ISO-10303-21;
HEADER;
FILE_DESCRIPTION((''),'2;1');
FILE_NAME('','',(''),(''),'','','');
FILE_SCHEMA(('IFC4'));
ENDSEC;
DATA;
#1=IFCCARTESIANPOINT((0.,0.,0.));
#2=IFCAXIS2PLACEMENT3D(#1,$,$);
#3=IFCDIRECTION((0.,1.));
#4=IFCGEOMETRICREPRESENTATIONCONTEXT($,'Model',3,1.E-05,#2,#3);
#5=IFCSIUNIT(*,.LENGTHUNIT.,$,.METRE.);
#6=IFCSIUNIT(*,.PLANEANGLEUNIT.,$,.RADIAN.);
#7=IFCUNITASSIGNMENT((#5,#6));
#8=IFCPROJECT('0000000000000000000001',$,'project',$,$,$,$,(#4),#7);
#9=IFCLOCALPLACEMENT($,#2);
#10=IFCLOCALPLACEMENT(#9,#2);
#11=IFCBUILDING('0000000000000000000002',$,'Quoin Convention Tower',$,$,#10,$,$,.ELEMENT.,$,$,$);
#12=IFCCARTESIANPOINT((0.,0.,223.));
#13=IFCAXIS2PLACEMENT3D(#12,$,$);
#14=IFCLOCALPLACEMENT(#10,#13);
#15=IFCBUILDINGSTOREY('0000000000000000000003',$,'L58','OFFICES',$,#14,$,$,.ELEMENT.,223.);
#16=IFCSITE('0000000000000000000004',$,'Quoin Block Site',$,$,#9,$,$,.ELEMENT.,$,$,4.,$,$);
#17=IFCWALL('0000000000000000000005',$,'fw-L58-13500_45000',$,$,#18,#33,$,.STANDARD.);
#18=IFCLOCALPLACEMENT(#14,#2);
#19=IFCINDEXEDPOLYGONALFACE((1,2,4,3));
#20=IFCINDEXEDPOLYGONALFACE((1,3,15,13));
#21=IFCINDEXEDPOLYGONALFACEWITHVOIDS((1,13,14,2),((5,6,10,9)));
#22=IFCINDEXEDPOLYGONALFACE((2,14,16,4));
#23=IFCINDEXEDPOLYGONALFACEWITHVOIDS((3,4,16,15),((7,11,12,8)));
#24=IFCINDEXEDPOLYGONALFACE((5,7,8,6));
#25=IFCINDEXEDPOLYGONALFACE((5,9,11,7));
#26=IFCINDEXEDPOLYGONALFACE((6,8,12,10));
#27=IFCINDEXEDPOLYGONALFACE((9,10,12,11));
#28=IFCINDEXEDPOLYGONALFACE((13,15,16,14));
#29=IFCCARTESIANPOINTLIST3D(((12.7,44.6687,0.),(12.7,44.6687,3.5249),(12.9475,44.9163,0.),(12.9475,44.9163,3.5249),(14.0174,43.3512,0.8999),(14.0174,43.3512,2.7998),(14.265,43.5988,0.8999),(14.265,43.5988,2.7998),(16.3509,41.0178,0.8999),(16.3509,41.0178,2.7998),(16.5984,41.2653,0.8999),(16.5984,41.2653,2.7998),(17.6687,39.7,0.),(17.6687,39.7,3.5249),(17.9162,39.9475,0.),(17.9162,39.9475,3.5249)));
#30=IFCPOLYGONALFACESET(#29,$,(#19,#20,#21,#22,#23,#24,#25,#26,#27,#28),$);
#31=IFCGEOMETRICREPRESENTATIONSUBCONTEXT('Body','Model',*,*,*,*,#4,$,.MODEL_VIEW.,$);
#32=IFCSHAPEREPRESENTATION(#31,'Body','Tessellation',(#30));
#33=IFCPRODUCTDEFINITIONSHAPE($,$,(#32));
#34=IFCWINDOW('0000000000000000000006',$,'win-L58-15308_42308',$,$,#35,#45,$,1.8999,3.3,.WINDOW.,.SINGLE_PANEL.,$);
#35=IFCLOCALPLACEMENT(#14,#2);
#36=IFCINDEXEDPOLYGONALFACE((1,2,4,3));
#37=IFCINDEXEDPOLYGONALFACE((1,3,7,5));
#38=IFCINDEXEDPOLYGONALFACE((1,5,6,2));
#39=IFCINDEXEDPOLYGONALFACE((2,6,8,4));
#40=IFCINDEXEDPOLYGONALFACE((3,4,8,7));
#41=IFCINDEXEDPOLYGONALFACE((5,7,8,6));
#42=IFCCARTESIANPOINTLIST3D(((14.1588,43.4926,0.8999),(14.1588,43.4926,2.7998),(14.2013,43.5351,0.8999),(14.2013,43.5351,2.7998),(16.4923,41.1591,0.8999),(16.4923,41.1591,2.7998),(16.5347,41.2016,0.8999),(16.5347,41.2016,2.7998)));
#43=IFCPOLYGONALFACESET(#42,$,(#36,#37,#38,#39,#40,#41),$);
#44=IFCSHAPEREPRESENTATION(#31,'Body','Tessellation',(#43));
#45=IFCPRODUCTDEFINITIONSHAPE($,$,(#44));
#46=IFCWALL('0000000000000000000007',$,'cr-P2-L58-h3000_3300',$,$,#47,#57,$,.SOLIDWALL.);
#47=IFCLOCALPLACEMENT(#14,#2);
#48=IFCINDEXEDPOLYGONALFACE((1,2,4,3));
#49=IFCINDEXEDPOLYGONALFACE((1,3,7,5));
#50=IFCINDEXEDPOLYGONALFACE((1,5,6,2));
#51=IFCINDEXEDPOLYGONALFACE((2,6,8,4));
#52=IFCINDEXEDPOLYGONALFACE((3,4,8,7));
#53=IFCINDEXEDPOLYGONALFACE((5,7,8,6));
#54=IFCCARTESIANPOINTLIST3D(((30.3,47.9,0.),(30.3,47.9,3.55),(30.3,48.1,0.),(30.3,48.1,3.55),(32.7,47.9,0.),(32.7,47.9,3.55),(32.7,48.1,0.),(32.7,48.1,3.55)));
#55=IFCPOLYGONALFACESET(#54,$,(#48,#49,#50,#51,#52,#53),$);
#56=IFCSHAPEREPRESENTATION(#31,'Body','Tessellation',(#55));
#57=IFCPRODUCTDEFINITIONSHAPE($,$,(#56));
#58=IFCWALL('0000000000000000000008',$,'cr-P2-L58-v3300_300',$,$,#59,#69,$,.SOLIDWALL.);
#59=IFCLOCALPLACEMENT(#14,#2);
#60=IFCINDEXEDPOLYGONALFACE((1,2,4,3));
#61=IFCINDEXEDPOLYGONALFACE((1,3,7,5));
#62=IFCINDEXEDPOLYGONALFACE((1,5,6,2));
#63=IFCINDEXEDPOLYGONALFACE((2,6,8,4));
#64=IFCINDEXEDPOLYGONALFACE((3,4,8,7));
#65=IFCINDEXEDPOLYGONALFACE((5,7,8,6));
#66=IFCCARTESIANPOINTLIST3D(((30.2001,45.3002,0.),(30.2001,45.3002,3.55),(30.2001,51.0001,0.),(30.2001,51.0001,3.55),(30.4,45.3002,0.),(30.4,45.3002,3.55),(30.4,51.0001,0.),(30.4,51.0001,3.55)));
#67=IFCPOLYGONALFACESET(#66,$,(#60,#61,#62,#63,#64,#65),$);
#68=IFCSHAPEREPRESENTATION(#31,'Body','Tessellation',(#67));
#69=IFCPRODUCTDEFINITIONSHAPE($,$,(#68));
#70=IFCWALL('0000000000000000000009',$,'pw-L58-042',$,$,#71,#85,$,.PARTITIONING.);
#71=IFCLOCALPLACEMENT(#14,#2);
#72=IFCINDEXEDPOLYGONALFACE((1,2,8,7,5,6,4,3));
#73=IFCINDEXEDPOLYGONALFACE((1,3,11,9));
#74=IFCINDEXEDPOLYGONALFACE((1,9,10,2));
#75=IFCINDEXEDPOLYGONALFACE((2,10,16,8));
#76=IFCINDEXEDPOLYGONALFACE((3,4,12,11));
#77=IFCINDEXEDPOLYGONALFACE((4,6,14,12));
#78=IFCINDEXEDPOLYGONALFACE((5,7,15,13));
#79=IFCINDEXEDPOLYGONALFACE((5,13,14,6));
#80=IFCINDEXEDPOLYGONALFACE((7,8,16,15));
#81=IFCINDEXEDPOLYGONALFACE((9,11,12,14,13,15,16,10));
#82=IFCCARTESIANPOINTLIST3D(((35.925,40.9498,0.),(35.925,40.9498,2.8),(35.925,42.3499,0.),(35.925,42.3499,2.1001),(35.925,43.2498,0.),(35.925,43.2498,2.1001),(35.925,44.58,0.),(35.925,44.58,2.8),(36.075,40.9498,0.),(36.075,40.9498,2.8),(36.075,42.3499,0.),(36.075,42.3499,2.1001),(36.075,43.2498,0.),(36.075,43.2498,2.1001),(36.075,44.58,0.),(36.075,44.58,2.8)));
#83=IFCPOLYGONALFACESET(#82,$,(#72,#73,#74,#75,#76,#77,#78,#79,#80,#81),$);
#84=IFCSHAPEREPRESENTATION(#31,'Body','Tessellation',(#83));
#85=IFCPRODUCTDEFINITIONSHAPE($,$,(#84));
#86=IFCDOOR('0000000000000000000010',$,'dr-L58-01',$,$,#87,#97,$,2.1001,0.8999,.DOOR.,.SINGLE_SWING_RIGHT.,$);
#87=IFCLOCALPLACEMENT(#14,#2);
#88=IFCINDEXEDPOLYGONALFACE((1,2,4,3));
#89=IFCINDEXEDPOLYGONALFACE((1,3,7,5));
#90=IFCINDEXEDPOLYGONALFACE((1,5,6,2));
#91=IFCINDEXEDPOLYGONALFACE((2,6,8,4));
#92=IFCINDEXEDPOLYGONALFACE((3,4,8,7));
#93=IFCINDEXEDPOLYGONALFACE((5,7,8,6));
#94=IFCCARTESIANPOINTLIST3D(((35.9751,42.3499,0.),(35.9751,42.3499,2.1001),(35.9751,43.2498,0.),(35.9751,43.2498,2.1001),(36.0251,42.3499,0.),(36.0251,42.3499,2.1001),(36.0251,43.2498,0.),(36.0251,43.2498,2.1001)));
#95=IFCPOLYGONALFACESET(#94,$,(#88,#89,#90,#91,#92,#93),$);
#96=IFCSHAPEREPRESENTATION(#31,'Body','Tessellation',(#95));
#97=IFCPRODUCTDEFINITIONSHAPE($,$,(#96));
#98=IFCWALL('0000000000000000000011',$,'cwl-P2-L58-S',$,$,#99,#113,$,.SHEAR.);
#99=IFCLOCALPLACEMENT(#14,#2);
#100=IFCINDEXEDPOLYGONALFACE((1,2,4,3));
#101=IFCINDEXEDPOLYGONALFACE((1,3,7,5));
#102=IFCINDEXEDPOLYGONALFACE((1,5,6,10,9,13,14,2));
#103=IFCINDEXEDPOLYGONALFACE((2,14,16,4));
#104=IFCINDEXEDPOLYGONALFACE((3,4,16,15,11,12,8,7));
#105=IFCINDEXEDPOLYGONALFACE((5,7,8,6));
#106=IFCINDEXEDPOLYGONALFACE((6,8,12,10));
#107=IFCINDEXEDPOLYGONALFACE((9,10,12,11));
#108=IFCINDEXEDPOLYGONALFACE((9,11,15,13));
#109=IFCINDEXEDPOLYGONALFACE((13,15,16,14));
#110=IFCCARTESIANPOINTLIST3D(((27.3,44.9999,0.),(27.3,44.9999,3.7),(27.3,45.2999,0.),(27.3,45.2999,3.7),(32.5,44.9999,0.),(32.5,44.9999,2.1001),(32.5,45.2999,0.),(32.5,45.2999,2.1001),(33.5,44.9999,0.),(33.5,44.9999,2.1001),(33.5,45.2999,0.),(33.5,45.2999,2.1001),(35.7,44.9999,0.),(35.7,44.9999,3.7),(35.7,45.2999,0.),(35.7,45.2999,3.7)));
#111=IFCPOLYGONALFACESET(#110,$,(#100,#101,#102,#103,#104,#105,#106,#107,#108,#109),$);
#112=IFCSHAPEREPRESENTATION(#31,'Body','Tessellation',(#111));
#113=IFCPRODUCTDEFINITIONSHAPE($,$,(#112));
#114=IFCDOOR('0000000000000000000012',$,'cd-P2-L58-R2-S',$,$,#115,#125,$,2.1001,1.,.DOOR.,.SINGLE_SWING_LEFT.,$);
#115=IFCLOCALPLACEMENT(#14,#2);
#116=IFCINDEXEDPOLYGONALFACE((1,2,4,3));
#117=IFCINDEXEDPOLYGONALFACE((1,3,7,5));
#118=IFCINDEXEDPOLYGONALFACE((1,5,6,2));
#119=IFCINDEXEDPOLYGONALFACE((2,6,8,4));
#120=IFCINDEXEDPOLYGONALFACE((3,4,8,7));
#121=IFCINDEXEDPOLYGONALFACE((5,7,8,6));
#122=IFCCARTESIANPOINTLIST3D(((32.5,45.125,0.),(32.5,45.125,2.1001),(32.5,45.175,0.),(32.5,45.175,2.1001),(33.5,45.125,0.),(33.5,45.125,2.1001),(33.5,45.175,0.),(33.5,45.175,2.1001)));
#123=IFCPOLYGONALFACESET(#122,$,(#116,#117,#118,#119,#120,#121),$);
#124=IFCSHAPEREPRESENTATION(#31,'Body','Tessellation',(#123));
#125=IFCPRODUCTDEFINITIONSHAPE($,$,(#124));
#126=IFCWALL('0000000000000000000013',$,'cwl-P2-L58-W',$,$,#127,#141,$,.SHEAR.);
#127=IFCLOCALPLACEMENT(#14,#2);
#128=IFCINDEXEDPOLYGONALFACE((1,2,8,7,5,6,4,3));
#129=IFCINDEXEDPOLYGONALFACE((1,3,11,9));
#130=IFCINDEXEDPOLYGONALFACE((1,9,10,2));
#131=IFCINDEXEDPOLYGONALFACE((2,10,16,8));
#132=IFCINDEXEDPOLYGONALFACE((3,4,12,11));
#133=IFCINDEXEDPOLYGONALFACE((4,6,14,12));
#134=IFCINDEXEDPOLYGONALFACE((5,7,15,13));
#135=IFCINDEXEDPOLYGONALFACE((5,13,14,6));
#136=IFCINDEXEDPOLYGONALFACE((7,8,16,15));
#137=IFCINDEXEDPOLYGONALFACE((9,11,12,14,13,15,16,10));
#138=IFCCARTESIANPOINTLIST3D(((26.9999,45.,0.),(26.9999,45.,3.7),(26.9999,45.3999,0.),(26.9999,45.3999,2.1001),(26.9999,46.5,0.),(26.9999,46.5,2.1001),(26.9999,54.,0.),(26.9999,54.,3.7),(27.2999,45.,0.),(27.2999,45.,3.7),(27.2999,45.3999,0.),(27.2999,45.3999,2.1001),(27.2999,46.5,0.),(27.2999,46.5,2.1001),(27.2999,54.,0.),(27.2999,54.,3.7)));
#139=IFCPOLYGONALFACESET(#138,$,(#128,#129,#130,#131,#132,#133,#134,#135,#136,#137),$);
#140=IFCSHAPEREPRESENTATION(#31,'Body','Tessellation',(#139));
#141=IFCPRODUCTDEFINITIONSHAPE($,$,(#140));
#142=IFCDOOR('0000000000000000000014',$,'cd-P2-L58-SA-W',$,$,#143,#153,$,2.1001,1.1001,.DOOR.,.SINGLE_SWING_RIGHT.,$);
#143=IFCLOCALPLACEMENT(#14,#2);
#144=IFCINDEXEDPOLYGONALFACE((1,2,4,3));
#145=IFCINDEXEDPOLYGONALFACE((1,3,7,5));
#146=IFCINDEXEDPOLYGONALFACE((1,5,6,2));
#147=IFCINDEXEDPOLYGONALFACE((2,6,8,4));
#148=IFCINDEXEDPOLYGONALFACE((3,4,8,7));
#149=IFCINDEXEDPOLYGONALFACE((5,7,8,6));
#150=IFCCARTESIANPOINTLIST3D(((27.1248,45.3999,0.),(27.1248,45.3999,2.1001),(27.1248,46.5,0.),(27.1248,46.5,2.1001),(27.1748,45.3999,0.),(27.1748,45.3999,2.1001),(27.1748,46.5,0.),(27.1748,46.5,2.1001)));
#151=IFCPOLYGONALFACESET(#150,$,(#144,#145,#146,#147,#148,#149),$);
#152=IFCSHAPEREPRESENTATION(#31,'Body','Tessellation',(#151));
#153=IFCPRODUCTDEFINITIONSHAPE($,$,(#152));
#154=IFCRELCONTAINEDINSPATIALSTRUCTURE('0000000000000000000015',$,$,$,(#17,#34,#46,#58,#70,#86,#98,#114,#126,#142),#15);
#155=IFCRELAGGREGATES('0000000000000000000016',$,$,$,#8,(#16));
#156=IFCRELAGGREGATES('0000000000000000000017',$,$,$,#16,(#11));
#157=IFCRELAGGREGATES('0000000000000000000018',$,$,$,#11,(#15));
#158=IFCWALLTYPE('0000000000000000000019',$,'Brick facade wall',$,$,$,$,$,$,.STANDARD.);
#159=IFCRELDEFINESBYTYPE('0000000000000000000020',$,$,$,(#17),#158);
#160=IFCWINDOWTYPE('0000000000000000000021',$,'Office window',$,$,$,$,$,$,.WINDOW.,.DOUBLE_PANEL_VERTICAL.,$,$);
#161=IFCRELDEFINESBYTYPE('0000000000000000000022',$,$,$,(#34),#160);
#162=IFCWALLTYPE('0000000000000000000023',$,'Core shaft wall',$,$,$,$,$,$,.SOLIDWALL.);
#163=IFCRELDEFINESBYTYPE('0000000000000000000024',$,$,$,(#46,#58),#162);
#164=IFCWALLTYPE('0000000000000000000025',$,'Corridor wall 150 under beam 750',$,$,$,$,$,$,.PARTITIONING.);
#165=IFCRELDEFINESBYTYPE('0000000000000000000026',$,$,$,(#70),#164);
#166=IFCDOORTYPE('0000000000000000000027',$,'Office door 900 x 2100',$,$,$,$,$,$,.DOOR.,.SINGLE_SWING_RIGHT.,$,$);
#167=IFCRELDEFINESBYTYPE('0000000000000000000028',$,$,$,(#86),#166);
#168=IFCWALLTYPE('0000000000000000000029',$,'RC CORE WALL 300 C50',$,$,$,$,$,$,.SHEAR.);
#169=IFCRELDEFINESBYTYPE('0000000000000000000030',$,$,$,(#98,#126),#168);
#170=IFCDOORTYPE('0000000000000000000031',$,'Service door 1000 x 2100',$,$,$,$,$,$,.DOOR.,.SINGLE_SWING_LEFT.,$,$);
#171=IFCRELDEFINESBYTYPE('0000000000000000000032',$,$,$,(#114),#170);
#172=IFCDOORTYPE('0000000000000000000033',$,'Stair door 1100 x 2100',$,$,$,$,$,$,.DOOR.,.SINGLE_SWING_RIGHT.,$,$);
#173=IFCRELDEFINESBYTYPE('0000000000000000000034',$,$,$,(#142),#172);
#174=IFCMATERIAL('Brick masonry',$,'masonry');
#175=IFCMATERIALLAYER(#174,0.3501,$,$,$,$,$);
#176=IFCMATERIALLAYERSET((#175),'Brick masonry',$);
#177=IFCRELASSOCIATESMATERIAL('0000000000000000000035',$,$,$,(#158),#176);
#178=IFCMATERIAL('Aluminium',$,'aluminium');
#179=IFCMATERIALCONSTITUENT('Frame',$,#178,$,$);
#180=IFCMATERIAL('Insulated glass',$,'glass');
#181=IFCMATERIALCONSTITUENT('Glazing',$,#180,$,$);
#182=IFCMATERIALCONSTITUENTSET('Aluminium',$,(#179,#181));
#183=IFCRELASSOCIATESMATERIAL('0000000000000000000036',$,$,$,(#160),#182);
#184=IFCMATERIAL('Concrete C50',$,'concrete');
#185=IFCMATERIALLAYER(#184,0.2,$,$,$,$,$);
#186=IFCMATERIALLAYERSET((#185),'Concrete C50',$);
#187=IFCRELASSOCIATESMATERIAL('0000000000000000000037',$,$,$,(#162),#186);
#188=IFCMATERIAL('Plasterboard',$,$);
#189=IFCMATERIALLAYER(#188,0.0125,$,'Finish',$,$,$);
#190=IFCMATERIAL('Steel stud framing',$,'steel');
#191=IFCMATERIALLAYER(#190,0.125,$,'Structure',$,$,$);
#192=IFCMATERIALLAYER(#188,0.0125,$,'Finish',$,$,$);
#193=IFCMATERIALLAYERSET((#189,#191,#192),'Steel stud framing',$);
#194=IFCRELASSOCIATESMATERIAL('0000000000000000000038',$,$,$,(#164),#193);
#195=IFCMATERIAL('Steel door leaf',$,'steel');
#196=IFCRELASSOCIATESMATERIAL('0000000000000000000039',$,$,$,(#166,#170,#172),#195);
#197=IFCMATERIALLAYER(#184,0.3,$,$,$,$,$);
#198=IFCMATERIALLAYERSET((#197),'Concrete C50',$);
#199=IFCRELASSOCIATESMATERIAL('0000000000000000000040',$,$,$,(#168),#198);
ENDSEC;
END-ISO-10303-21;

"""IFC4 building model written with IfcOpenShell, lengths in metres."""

from ifc_helpers import new_model, si_unit, direction, frame, frame_2d, origin, place, context, subcontext, project, spatial, rectangle, extrude, material, layer, layer_set, constituent, constituent_set, type_object, element, fill, save


model = new_model("IFC4")

# Units and contexts
model_context = context("Model", 3, precision=1e-05, world=origin(), true_north=direction((0.0, 1.0)))
body_context = subcontext(model_context, "Body", "Model", "MODEL_VIEW")
ifc_project = project(units=[si_unit("LENGTHUNIT", "METRE"), si_unit("PLANEANGLEUNIT", "RADIAN")], contexts=[model_context])

# Site, building, storey
site_placement = place(None, origin())
site = spatial("IfcSite", under=ifc_project, at=site_placement, Name="Quoin Block Site", CompositionType="ELEMENT", RefElevation=4.0)
building_placement = place(site_placement, origin())
building = spatial("IfcBuilding", under=site, at=building_placement, Name="Quoin Convention Tower", CompositionType="ELEMENT")
storey_placement = place(building_placement, frame((0.0, 0.0, 223.0)))
storey = spatial("IfcBuildingStorey", under=building, at=storey_placement, Name="L58", Description="OFFICES", CompositionType="ELEMENT", Elevation=223.0)

# Shared definitions
ifc_material_1 = material(Name="Concrete C50", Category="concrete")

# Wall, opening, window
ifc_material_2 = material(Name="Brick masonry", Category="masonry")
ifc_layer_1 = layer(ifc_material_2, 0.3501)
ifc_layer_set_1 = layer_set([ifc_layer_1], Name="Brick masonry")
wall_type_1 = type_object("IfcWallType", Name="Brick facade wall", PredefinedType="STANDARD", material=ifc_layer_set_1)
wall_1_placement = place(storey_placement, frame((12.8237, 44.7925, 0.0), z_axis=(0.0, 0.0, 1.0), x_axis=(0.707107, -0.707107, 0.0)))
wall_1 = element("IfcWall", 1, at=wall_1_placement, inside=storey, type_object=wall_type_1, Name="fw-L58-13500_45000", PredefinedType="STANDARD", context=body_context, shape_type="SweptSolid", body=[
    extrude(rectangle(XDim=7.0269, YDim=0.3501, at=frame_2d((3.5134, 0.0))), origin(), (0.0, 0.0, 1.0), 3.5249),
])
opening_1_placement = place(wall_1_placement, frame((1.8633, 0.0, 0.8999)))
opening_1 = element("IfcOpeningElement", 2, at=opening_1_placement, cuts=wall_1, PredefinedType="OPENING", context=body_context, shape_type="SweptSolid", body=[
    extrude(rectangle(XDim=3.3, YDim=1.8999, at=frame_2d((1.6499, 0.95))), frame((0.0, 0.1851, 0.0), z_axis=(0.0, -1.0, 0.0), x_axis=(1.0, 0.0, 0.0)), (0.0, 0.0, 1.0), 0.3701),
])
ifc_material_3 = material(Name="Aluminium", Category="aluminium")
ifc_constituent_1 = constituent(ifc_material_3, Name="Frame")
ifc_material_4 = material(Name="Insulated glass", Category="glass")
ifc_constituent_2 = constituent(ifc_material_4, Name="Glazing")
ifc_constituent_set = constituent_set(constituents=[ifc_constituent_1, ifc_constituent_2], Name="Aluminium")
window_type = type_object("IfcWindowType", Name="Office window", PartitioningType="DOUBLE_PANEL_VERTICAL", PredefinedType="WINDOW", material=ifc_constituent_set)
window_placement = place(opening_1_placement, origin())
window = element("IfcWindow", 3, at=window_placement, inside=storey, type_object=window_type, Name="win-L58-15308_42308", OverallHeight=1.8999, OverallWidth=3.3, PartitioningType="SINGLE_PANEL", PredefinedType="WINDOW", context=body_context, shape_type="SweptSolid", body=[
    extrude(rectangle(XDim=3.3, YDim=1.8999, at=frame_2d((1.6499, 0.95))), frame((0.0, 0.085, 0.0), z_axis=(0.0, -1.0, 0.0), x_axis=(1.0, 0.0, 0.0)), (0.0, 0.0, 1.0), 0.0601),
])
fill(opening_1, window)

# Walls
ifc_layer_2 = layer(ifc_material_1, 0.2)
ifc_layer_set_2 = layer_set([ifc_layer_2], Name="Concrete C50")
wall_type_2 = type_object("IfcWallType", Name="Core shaft wall", PredefinedType="SOLIDWALL", material=ifc_layer_set_2)
wall_2_placement = place(storey_placement, frame((30.3, 48.0, 0.0), z_axis=(0.0, 0.0, 1.0), x_axis=(1.0, 0.0, 0.0)))
element("IfcWall", 4, at=wall_2_placement, inside=storey, type_object=wall_type_2, Name="cr-P2-L58-h3000_3300", PredefinedType="SOLIDWALL", context=body_context, shape_type="SweptSolid", body=[
    extrude(rectangle(XDim=2.3999, YDim=0.2, at=frame_2d((1.2, 0.0))), origin(), (0.0, 0.0, 1.0), 3.55),
])
wall_3_placement = place(storey_placement, frame((30.3, 45.3, 0.0), z_axis=(0.0, 0.0, 1.0), x_axis=(0.0, 1.0, 0.0)))
element("IfcWall", 5, at=wall_3_placement, inside=storey, type_object=wall_type_2, Name="cr-P2-L58-v3300_300", PredefinedType="SOLIDWALL", context=body_context, shape_type="SweptSolid", body=[
    extrude(rectangle(XDim=5.7, YDim=0.2, at=frame_2d((2.8501, 0.0))), origin(), (0.0, 0.0, 1.0), 3.55),
])

# Walls, openings, doors
ifc_material_5 = material(Name="Plasterboard")
ifc_layer_3 = layer(ifc_material_5, 0.0125, Name="Finish")
ifc_material_6 = material(Name="Steel stud framing", Category="steel")
ifc_layer_4 = layer(ifc_material_6, 0.125, Name="Structure")
ifc_layer_5 = layer(ifc_material_5, 0.0125, Name="Finish")
ifc_layer_set_3 = layer_set([ifc_layer_3, ifc_layer_4, ifc_layer_5], Name="Steel stud framing")
wall_type_3 = type_object("IfcWallType", Name="Corridor wall 150 under beam 750", PredefinedType="PARTITIONING", material=ifc_layer_set_3)
wall_4_placement = place(storey_placement, frame((36.0, 40.95, 0.0), z_axis=(0.0, 0.0, 1.0), x_axis=(0.0, 1.0, 0.0)))
wall_4 = element("IfcWall", 6, at=wall_4_placement, inside=storey, type_object=wall_type_3, Name="pw-L58-042", PredefinedType="PARTITIONING", context=body_context, shape_type="SweptSolid", body=[
    extrude(rectangle(XDim=3.6301, YDim=0.1499, at=frame_2d((1.8149, 0.0))), origin(), (0.0, 0.0, 1.0), 2.8),
])
opening_2_placement = place(wall_4_placement, frame((1.3999, 0.0, 0.0)))
opening_2 = element("IfcOpeningElement", 7, at=opening_2_placement, cuts=wall_4, PredefinedType="OPENING", context=body_context, shape_type="SweptSolid", body=[
    extrude(rectangle(XDim=0.8999, YDim=2.1001, at=frame_2d((0.45, 1.05))), frame((0.0, 0.085, 0.0), z_axis=(0.0, -1.0, 0.0), x_axis=(1.0, 0.0, 0.0)), (0.0, 0.0, 1.0), 0.1699),
])
ifc_material_7 = material(Name="Steel door leaf", Category="steel")
door_type_1 = type_object("IfcDoorType", Name="Office door 900 x 2100", OperationType="SINGLE_SWING_RIGHT", PredefinedType="DOOR", material=ifc_material_7)
door_1_placement = place(opening_2_placement, origin())
door_1 = element("IfcDoor", 8, at=door_1_placement, inside=storey, type_object=door_type_1, Name="dr-L58-01", OperationType="SINGLE_SWING_RIGHT", OverallHeight=2.1001, OverallWidth=0.8999, PredefinedType="DOOR", context=body_context, shape_type="SweptSolid", body=[
    extrude(rectangle(XDim=0.8999, YDim=2.1001, at=frame_2d((0.45, 1.05))), frame((0.0, 0.0249, 0.0), z_axis=(0.0, -1.0, 0.0), x_axis=(1.0, 0.0, 0.0)), (0.0, 0.0, 1.0), 0.05),
])
fill(opening_2, door_1)
ifc_layer_6 = layer(ifc_material_1, 0.3)
ifc_layer_set_4 = layer_set([ifc_layer_6], Name="Concrete C50")
wall_type_4 = type_object("IfcWallType", Name="RC CORE WALL 300 C50", PredefinedType="SHEAR", material=ifc_layer_set_4)
wall_5_placement = place(storey_placement, frame((27.3, 45.1499, 0.0), z_axis=(0.0, 0.0, 1.0), x_axis=(1.0, 0.0, 0.0)))
wall_5 = element("IfcWall", 9, at=wall_5_placement, inside=storey, type_object=wall_type_4, Name="cwl-P2-L58-S", PredefinedType="SHEAR", context=body_context, shape_type="SweptSolid", body=[
    extrude(rectangle(XDim=8.3999, YDim=0.3, at=frame_2d((4.2, 0.0))), origin(), (0.0, 0.0, 1.0), 3.7),
])
opening_3_placement = place(wall_5_placement, frame((5.2, 0.0, 0.0)))
opening_3 = element("IfcOpeningElement", 10, at=opening_3_placement, cuts=wall_5, PredefinedType="OPENING", context=body_context, shape_type="SweptSolid", body=[
    extrude(rectangle(XDim=1.0, YDim=2.1001, at=frame_2d((0.5, 1.05))), frame((0.0, 0.1599, 0.0), z_axis=(0.0, -1.0, 0.0), x_axis=(1.0, 0.0, 0.0)), (0.0, 0.0, 1.0), 0.3201),
])
door_type_2 = type_object("IfcDoorType", Name="Service door 1000 x 2100", OperationType="SINGLE_SWING_LEFT", PredefinedType="DOOR", material=ifc_material_7)
door_2_placement = place(opening_3_placement, frame((1.0, 0.0, 0.0), z_axis=(0.0, 0.0, 1.0), x_axis=(-1.0, 0.0, 0.0)))
door_2 = element("IfcDoor", 11, at=door_2_placement, inside=storey, type_object=door_type_2, Name="cd-P2-L58-R2-S", OperationType="SINGLE_SWING_LEFT", OverallHeight=2.1001, OverallWidth=1.0, PredefinedType="DOOR", context=body_context, shape_type="SweptSolid", body=[
    extrude(rectangle(XDim=1.0, YDim=2.1001, at=frame_2d((0.5, 1.05))), frame((0.0, 0.0249, 0.0), z_axis=(0.0, -1.0, 0.0), x_axis=(1.0, 0.0, 0.0)), (0.0, 0.0, 1.0), 0.05),
])
fill(opening_3, door_2)
wall_6_placement = place(storey_placement, frame((27.1499, 45.0, 0.0), z_axis=(0.0, 0.0, 1.0), x_axis=(0.0, 1.0, 0.0)))
wall_6 = element("IfcWall", 12, at=wall_6_placement, inside=storey, type_object=wall_type_4, Name="cwl-P2-L58-W", PredefinedType="SHEAR", context=body_context, shape_type="SweptSolid", body=[
    extrude(rectangle(XDim=9.0, YDim=0.3, at=frame_2d((4.5, 0.0))), origin(), (0.0, 0.0, 1.0), 3.7),
])
opening_4_placement = place(wall_6_placement, frame((0.3999, 0.0, 0.0)))
opening_4 = element("IfcOpeningElement", 13, at=opening_4_placement, cuts=wall_6, PredefinedType="OPENING", context=body_context, shape_type="SweptSolid", body=[
    extrude(rectangle(XDim=1.1001, YDim=2.1001, at=frame_2d((0.55, 1.05))), frame((0.0, 0.1599, 0.0), z_axis=(0.0, -1.0, 0.0), x_axis=(1.0, 0.0, 0.0)), (0.0, 0.0, 1.0), 0.3201),
])
door_type_3 = type_object("IfcDoorType", Name="Stair door 1100 x 2100", OperationType="SINGLE_SWING_RIGHT", PredefinedType="DOOR", material=ifc_material_7)
door_3_placement = place(opening_4_placement, frame((1.1001, 0.0, 0.0), z_axis=(0.0, 0.0, 1.0), x_axis=(-1.0, 0.0, 0.0)))
door_3 = element("IfcDoor", 14, at=door_3_placement, inside=storey, type_object=door_type_3, Name="cd-P2-L58-SA-W", OperationType="SINGLE_SWING_RIGHT", OverallHeight=2.1001, OverallWidth=1.1001, PredefinedType="DOOR", context=body_context, shape_type="SweptSolid", body=[
    extrude(rectangle(XDim=1.1001, YDim=2.1001, at=frame_2d((0.55, 1.05))), frame((0.0, 0.0249, 0.0), z_axis=(0.0, -1.0, 0.0), x_axis=(1.0, 0.0, 0.0)), (0.0, 0.0, 1.0), 0.05),
])
fill(opening_4, door_3)

save(model, "model.ifc")
